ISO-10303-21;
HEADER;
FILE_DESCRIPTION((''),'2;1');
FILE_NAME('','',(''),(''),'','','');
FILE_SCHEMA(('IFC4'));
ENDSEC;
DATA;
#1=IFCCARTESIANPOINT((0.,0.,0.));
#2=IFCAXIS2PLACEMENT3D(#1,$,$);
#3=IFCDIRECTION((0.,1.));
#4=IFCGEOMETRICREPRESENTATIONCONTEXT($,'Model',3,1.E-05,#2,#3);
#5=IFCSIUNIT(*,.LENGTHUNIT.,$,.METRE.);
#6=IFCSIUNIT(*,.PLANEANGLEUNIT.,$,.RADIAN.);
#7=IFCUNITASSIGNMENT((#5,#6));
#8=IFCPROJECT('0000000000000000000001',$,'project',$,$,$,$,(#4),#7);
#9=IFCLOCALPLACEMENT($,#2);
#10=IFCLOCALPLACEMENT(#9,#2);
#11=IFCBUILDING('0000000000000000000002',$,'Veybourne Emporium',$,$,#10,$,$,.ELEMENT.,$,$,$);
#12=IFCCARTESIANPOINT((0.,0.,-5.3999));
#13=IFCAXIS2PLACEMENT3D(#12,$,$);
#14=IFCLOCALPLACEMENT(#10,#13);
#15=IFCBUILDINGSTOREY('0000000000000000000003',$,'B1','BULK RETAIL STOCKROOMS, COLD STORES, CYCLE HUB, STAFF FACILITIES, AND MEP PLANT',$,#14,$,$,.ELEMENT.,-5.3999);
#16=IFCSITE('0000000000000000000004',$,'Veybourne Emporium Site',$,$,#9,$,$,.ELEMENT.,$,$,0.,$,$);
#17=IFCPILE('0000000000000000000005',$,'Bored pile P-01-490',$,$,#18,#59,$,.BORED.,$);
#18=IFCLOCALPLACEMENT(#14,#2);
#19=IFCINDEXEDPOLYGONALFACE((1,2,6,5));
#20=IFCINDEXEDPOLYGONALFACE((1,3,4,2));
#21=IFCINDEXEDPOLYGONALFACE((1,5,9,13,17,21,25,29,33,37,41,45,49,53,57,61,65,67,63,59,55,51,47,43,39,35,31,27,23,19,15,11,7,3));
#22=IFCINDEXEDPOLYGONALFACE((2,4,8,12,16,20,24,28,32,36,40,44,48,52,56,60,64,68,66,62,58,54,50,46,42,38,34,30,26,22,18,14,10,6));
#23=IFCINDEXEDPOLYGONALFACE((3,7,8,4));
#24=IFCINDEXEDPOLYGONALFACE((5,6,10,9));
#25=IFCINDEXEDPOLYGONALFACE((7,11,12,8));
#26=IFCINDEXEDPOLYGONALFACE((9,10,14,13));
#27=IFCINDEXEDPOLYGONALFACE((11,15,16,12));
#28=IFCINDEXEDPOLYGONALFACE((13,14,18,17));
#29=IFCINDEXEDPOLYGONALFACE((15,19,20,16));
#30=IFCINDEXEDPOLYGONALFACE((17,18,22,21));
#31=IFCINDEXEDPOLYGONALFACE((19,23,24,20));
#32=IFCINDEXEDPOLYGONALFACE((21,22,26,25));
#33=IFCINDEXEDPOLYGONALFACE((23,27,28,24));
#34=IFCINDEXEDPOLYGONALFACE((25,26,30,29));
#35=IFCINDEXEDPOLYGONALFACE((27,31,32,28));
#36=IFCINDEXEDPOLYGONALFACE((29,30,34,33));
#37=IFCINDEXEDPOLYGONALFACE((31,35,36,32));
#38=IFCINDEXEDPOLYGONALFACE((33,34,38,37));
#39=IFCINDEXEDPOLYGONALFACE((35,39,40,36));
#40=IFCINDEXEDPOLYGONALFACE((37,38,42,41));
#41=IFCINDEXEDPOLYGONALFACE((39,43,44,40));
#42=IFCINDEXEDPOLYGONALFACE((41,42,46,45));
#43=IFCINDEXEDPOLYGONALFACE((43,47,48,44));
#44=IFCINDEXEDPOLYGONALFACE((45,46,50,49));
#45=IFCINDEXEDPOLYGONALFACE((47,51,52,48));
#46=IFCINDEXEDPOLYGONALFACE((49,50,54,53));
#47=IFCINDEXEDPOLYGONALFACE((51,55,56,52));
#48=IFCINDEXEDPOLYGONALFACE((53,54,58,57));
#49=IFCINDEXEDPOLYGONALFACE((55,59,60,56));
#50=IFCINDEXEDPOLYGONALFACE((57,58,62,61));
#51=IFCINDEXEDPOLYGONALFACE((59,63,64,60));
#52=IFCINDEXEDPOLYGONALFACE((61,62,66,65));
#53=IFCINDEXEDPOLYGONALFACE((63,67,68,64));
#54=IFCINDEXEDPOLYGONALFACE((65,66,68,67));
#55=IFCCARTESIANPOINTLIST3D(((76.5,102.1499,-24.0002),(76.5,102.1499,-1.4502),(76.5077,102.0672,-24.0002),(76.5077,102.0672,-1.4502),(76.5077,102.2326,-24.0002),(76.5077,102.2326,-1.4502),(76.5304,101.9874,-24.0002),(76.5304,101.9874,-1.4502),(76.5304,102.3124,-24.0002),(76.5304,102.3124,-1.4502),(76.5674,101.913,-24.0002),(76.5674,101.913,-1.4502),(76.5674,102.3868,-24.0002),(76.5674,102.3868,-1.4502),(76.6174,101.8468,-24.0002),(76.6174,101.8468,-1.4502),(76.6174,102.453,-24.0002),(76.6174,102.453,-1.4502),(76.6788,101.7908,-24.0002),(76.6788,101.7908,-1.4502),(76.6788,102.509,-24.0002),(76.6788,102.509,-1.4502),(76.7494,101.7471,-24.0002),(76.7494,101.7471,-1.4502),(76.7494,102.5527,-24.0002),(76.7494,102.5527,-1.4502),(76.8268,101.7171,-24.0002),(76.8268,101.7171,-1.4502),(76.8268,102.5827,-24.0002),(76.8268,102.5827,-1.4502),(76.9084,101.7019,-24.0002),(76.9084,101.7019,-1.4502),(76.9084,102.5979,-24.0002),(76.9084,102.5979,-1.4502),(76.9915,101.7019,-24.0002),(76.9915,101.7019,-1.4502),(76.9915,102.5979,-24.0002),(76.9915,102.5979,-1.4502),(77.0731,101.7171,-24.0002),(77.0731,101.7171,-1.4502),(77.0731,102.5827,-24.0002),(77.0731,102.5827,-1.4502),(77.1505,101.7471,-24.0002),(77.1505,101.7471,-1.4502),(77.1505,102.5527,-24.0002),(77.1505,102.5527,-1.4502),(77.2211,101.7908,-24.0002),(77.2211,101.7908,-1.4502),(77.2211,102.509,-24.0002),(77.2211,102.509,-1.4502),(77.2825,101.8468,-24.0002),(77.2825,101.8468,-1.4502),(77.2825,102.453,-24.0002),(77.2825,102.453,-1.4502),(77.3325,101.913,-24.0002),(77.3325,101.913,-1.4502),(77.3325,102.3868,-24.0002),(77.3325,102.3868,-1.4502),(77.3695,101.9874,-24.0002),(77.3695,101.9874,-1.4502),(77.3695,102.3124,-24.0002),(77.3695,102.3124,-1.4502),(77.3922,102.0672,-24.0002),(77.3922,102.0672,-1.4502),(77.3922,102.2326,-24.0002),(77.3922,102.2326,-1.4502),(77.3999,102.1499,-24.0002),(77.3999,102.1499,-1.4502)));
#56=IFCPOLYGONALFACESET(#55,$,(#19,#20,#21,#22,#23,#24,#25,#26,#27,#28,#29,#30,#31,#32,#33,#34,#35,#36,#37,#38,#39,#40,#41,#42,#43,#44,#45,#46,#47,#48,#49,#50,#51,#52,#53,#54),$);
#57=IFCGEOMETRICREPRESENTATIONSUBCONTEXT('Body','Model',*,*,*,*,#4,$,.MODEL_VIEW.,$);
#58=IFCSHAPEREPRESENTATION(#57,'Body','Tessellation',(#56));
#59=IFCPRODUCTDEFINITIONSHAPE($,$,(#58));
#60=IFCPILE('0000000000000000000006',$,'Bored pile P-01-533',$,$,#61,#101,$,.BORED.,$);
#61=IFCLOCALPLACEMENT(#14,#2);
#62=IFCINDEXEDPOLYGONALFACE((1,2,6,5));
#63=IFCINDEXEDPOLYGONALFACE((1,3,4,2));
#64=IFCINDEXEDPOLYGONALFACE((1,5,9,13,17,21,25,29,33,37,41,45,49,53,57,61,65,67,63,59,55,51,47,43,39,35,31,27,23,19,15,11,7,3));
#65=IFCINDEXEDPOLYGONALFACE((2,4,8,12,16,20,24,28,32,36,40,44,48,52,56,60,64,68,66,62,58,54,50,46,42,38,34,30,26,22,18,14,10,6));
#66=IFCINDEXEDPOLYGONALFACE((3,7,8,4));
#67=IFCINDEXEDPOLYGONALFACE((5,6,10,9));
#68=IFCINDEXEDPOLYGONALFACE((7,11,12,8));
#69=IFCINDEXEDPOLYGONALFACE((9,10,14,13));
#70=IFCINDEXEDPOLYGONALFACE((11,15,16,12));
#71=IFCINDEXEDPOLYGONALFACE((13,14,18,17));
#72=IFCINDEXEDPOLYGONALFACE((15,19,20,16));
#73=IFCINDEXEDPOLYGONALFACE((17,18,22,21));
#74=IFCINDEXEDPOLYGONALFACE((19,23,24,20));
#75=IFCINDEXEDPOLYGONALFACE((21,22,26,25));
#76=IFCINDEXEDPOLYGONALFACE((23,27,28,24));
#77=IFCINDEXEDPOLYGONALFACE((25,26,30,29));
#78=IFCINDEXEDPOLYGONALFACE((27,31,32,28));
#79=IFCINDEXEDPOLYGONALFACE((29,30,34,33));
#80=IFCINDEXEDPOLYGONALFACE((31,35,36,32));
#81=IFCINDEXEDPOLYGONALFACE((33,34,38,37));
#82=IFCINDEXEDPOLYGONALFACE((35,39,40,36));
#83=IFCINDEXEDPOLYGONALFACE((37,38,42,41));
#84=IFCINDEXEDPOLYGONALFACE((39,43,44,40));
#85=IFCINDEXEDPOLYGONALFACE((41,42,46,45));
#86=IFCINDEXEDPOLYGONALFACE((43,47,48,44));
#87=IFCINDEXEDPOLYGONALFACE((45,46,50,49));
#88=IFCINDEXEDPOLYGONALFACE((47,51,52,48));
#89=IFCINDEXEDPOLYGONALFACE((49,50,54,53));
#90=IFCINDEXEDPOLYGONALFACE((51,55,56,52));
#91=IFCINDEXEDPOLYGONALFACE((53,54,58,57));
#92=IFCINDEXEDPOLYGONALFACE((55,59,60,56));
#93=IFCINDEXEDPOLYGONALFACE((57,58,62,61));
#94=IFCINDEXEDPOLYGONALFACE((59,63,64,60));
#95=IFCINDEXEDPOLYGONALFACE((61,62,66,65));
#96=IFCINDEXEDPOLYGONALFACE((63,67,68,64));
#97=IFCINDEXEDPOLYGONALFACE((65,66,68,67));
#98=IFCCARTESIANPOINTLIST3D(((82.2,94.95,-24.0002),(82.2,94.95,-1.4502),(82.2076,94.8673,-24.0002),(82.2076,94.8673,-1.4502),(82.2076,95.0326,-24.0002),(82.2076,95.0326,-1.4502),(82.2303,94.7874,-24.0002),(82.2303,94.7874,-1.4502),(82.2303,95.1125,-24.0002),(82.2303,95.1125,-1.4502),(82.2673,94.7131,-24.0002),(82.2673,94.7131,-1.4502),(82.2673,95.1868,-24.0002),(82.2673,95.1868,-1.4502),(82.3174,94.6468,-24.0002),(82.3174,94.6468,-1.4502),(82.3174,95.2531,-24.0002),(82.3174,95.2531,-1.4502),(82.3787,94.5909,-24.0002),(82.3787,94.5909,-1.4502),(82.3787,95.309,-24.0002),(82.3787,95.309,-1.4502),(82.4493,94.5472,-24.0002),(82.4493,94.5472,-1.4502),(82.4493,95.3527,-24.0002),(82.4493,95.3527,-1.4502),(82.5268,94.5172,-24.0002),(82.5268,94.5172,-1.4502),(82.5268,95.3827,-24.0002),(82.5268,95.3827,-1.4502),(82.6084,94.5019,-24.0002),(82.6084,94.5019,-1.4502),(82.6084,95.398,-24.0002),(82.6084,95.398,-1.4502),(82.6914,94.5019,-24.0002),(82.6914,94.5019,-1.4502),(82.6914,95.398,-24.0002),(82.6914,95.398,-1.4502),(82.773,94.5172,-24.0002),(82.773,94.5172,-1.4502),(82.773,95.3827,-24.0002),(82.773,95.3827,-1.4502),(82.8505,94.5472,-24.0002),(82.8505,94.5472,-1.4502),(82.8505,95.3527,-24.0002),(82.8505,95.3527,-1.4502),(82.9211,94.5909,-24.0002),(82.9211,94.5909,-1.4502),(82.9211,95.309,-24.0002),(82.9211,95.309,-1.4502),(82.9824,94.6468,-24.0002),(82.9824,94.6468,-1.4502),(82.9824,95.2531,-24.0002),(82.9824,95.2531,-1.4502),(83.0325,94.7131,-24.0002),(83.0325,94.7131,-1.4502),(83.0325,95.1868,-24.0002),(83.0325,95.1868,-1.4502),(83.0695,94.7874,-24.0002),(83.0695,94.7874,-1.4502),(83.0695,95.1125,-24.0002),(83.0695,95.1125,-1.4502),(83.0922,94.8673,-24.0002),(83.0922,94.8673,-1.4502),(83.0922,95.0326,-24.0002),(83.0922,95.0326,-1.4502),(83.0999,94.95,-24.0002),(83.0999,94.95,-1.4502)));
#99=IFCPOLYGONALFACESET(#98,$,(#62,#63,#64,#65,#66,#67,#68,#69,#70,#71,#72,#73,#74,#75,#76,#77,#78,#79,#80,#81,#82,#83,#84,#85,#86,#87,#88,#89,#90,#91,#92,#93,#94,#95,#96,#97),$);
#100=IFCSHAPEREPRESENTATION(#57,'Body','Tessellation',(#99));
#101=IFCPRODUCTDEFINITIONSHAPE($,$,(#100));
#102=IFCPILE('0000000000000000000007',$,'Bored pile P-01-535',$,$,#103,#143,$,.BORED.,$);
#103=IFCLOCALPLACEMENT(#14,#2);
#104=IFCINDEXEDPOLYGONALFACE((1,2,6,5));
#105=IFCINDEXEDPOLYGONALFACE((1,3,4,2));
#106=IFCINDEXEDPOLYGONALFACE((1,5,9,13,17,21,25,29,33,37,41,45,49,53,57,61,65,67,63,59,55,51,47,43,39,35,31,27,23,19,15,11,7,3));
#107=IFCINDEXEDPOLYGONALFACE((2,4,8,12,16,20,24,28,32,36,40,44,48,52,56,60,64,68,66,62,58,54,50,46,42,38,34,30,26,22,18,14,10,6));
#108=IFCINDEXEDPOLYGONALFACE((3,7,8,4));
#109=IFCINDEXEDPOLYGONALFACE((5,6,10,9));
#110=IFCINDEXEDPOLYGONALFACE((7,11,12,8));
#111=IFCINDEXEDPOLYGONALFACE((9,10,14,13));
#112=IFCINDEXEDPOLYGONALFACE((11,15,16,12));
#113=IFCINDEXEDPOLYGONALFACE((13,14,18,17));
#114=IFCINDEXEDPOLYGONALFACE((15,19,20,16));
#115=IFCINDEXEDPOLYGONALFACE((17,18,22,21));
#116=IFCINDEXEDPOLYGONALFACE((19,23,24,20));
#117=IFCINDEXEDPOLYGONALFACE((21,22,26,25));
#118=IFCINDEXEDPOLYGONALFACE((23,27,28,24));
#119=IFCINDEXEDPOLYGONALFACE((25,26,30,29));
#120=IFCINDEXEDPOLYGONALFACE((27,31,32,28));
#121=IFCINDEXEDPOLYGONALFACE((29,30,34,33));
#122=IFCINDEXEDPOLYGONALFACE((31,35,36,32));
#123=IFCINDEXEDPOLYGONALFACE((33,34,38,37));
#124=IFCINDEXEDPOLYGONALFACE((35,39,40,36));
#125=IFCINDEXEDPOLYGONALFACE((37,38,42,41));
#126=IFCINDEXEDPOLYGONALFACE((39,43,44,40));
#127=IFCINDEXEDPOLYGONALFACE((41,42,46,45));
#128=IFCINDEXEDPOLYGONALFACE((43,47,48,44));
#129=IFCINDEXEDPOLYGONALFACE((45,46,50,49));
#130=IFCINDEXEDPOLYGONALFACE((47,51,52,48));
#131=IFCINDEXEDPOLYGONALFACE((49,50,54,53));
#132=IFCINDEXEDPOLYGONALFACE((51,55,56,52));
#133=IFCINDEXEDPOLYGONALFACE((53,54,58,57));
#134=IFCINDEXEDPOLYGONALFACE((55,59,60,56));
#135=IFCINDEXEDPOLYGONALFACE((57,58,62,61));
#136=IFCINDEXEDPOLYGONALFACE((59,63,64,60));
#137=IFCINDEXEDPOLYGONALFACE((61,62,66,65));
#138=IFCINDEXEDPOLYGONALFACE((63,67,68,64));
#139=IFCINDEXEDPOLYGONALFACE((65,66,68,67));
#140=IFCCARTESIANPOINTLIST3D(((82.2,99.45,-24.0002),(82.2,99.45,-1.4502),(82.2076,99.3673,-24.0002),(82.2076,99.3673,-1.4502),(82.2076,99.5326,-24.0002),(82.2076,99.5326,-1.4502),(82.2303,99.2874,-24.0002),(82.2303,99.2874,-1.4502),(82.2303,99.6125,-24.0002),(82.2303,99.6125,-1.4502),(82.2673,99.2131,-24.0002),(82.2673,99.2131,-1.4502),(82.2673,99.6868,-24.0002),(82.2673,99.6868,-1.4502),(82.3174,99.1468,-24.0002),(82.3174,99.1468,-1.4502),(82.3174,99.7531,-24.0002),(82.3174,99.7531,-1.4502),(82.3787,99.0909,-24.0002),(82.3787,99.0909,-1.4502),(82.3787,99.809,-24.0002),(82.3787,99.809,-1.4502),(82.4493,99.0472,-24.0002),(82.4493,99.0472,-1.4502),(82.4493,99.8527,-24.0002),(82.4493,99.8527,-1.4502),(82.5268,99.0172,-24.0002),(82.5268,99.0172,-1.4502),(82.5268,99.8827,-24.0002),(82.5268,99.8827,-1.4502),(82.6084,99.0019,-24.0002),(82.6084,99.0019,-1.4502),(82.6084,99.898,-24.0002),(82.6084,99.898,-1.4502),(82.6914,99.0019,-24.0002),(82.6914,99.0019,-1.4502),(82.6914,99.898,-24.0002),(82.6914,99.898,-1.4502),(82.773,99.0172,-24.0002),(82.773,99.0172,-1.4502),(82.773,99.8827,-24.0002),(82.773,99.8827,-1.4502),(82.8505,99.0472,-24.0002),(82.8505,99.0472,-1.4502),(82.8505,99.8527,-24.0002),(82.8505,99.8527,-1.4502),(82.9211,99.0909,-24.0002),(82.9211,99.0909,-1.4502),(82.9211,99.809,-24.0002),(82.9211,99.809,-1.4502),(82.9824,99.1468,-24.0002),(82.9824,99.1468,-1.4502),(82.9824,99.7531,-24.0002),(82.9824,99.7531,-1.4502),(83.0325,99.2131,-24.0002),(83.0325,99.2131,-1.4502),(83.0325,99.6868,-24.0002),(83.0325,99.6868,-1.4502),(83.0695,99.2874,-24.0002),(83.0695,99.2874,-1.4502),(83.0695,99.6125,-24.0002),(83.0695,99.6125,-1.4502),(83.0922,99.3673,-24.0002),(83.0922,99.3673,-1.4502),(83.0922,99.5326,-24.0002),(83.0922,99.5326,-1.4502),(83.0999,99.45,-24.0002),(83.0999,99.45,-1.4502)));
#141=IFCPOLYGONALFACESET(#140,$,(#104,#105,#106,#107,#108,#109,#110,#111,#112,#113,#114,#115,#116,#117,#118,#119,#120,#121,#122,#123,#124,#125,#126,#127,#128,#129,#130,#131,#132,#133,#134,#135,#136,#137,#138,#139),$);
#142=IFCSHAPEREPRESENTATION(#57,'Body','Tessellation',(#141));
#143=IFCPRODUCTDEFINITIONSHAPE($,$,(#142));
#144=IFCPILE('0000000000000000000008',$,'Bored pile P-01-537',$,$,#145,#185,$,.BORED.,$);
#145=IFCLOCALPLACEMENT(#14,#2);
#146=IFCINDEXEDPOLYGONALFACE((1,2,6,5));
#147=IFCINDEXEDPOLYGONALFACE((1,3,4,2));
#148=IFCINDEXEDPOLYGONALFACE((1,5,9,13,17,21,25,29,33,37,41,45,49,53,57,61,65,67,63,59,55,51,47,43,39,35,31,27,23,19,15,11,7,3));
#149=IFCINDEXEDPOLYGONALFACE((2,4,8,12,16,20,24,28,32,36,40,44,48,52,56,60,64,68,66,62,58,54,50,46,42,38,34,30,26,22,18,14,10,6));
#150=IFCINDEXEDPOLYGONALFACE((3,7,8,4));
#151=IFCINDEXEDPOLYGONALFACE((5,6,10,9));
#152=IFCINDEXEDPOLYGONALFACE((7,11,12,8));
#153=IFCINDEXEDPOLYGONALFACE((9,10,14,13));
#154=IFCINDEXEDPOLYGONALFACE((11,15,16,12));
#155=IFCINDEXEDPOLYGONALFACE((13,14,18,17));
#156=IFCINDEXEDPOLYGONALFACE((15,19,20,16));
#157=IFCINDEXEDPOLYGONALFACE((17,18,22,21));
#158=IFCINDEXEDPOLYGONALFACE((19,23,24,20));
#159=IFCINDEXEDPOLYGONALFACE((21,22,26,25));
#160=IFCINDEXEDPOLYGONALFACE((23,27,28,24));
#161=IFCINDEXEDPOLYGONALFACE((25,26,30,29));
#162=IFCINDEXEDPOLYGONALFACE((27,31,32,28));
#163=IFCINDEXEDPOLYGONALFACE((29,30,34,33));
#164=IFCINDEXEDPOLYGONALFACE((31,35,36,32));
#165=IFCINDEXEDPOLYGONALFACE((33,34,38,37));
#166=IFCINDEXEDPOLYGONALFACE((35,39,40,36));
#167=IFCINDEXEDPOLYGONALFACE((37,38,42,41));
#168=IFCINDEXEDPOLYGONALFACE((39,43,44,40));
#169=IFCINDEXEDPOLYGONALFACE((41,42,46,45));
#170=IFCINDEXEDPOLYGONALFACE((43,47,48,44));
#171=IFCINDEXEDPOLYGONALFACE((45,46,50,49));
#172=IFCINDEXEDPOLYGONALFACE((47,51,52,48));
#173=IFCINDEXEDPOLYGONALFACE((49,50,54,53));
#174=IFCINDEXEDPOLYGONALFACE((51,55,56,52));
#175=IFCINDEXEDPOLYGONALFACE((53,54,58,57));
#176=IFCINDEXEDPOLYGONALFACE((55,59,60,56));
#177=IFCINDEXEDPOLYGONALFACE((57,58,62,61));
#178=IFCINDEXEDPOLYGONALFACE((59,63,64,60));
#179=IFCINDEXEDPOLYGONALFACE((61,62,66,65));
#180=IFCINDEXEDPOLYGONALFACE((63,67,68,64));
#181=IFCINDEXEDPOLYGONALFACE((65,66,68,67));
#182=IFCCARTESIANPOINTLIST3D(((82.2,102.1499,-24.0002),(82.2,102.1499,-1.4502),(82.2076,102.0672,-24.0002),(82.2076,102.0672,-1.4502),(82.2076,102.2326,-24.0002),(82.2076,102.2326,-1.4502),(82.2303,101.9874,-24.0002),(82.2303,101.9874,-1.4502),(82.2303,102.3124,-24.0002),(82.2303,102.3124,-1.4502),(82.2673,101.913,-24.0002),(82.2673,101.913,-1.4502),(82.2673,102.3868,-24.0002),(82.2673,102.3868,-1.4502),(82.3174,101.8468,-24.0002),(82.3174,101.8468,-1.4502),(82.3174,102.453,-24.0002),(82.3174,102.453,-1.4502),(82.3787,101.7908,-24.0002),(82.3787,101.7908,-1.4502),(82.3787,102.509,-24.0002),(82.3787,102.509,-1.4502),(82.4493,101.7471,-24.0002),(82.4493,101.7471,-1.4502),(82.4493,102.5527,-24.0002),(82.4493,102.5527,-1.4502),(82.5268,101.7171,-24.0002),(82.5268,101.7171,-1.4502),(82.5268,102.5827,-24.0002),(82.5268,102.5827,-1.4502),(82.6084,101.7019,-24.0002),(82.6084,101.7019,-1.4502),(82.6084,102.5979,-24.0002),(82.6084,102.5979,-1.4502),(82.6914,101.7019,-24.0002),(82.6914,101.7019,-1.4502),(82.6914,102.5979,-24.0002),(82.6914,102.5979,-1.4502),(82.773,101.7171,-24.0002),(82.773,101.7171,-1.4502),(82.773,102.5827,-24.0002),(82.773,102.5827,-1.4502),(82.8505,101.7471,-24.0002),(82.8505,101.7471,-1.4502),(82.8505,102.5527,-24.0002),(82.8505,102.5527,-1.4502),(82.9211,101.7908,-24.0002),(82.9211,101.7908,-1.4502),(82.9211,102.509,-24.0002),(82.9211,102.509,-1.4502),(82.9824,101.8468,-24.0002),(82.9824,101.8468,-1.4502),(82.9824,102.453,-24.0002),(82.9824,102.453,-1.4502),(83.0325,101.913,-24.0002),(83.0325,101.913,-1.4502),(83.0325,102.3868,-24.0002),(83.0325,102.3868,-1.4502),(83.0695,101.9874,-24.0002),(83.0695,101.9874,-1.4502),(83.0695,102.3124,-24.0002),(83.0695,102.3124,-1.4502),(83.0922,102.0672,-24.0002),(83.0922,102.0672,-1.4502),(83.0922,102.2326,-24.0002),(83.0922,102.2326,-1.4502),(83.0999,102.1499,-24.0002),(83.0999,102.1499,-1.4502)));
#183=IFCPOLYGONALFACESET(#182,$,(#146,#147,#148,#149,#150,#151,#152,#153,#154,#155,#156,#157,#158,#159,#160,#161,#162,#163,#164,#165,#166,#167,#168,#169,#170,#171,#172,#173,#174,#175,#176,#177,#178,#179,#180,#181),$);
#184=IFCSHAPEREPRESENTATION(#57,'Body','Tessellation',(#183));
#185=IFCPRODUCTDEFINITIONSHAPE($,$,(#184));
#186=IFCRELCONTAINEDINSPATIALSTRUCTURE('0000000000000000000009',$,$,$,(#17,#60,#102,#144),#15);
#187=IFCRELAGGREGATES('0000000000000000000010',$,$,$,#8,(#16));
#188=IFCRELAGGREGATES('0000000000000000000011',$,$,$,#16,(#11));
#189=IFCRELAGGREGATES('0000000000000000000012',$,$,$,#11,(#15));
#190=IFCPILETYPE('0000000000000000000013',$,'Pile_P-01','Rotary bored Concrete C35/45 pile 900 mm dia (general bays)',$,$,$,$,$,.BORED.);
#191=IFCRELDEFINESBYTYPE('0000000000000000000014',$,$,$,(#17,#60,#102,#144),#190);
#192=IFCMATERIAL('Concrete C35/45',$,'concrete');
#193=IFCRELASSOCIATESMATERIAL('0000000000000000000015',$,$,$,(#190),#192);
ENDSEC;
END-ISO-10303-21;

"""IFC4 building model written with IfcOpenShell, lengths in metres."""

from ifc_helpers import new_model, si_unit, direction, frame, origin, origin_2d, place, context, subcontext, project, spatial, circle, extrude, material, material_profile, profile_set, type_object, element, save


model = new_model("IFC4")

# Units and contexts
model_context = context("Model", 3, precision=1e-05, world=origin(), true_north=direction((0.0, 1.0)))
body_context = subcontext(model_context, "Body", "Model", "MODEL_VIEW")
ifc_project = project(units=[si_unit("LENGTHUNIT", "METRE"), si_unit("PLANEANGLEUNIT", "RADIAN")], contexts=[model_context])

# Site, building, storey
site_placement = place(None, origin())
site = spatial("IfcSite", under=ifc_project, at=site_placement, Name="Veybourne Emporium Site", CompositionType="ELEMENT", RefElevation=0.0)
building_placement = place(site_placement, origin())
building = spatial("IfcBuilding", under=site, at=building_placement, Name="Veybourne Emporium", CompositionType="ELEMENT")
storey_placement = place(building_placement, frame((0.0, 0.0, -5.3999)))
storey = spatial("IfcBuildingStorey", under=building, at=storey_placement, Name="B1", Description="BULK RETAIL STOCKROOMS, COLD STORES, CYCLE HUB, STAFF FACILITIES, AND MEP PLANT", CompositionType="ELEMENT", Elevation=-5.3999)

# Shared definitions
ifc_material_1 = material(Name="Concrete C35/45", Category="concrete")

# Piles
ifc_material_profile_1 = material_profile(ifc_material_1, circle(Radius=0.45, at=origin_2d()), Name="BORED PILE 900")
ifc_profile_set_1 = profile_set([ifc_material_profile_1], Name="Concrete C35/45")
pile_type_1 = type_object("IfcPileType", Name="Pile_P-01", Description="Rotary bored Concrete C35/45 pile 900 mm dia (general bays)", PredefinedType="BORED", material=ifc_profile_set_1)
for number, where, z_axis, x_axis, name in (
    (1, (76.95, 102.1499, -1.4502), (0.0, 0.0, -1.0), (1.0, 0.0, 0.0), "Bored pile P-01-490"),
    (2, (82.6499, 94.95, -1.4502), (0.0, 0.0, -1.0), (1.0, 0.0, 0.0), "Bored pile P-01-533"),
    (3, (82.6499, 99.45, -1.4502), (0.0, 0.0, -1.0), (1.0, 0.0, 0.0), "Bored pile P-01-535"),
    (4, (82.6499, 102.1499, -1.4502), (0.0, 0.0, -1.0), (1.0, 0.0, 0.0), "Bored pile P-01-537"),
):
    element("IfcPile", number, at=place(storey_placement, frame(where, z_axis=z_axis, x_axis=x_axis)), inside=storey, type_object=pile_type_1, Name=name, PredefinedType="BORED", context=body_context, shape_type="SweptSolid", body=[
        extrude(circle(Radius=0.45, at=origin_2d()), origin(), (0.0, 0.0, 1.0), 22.55),
    ])

save(model, "model.ifc")
